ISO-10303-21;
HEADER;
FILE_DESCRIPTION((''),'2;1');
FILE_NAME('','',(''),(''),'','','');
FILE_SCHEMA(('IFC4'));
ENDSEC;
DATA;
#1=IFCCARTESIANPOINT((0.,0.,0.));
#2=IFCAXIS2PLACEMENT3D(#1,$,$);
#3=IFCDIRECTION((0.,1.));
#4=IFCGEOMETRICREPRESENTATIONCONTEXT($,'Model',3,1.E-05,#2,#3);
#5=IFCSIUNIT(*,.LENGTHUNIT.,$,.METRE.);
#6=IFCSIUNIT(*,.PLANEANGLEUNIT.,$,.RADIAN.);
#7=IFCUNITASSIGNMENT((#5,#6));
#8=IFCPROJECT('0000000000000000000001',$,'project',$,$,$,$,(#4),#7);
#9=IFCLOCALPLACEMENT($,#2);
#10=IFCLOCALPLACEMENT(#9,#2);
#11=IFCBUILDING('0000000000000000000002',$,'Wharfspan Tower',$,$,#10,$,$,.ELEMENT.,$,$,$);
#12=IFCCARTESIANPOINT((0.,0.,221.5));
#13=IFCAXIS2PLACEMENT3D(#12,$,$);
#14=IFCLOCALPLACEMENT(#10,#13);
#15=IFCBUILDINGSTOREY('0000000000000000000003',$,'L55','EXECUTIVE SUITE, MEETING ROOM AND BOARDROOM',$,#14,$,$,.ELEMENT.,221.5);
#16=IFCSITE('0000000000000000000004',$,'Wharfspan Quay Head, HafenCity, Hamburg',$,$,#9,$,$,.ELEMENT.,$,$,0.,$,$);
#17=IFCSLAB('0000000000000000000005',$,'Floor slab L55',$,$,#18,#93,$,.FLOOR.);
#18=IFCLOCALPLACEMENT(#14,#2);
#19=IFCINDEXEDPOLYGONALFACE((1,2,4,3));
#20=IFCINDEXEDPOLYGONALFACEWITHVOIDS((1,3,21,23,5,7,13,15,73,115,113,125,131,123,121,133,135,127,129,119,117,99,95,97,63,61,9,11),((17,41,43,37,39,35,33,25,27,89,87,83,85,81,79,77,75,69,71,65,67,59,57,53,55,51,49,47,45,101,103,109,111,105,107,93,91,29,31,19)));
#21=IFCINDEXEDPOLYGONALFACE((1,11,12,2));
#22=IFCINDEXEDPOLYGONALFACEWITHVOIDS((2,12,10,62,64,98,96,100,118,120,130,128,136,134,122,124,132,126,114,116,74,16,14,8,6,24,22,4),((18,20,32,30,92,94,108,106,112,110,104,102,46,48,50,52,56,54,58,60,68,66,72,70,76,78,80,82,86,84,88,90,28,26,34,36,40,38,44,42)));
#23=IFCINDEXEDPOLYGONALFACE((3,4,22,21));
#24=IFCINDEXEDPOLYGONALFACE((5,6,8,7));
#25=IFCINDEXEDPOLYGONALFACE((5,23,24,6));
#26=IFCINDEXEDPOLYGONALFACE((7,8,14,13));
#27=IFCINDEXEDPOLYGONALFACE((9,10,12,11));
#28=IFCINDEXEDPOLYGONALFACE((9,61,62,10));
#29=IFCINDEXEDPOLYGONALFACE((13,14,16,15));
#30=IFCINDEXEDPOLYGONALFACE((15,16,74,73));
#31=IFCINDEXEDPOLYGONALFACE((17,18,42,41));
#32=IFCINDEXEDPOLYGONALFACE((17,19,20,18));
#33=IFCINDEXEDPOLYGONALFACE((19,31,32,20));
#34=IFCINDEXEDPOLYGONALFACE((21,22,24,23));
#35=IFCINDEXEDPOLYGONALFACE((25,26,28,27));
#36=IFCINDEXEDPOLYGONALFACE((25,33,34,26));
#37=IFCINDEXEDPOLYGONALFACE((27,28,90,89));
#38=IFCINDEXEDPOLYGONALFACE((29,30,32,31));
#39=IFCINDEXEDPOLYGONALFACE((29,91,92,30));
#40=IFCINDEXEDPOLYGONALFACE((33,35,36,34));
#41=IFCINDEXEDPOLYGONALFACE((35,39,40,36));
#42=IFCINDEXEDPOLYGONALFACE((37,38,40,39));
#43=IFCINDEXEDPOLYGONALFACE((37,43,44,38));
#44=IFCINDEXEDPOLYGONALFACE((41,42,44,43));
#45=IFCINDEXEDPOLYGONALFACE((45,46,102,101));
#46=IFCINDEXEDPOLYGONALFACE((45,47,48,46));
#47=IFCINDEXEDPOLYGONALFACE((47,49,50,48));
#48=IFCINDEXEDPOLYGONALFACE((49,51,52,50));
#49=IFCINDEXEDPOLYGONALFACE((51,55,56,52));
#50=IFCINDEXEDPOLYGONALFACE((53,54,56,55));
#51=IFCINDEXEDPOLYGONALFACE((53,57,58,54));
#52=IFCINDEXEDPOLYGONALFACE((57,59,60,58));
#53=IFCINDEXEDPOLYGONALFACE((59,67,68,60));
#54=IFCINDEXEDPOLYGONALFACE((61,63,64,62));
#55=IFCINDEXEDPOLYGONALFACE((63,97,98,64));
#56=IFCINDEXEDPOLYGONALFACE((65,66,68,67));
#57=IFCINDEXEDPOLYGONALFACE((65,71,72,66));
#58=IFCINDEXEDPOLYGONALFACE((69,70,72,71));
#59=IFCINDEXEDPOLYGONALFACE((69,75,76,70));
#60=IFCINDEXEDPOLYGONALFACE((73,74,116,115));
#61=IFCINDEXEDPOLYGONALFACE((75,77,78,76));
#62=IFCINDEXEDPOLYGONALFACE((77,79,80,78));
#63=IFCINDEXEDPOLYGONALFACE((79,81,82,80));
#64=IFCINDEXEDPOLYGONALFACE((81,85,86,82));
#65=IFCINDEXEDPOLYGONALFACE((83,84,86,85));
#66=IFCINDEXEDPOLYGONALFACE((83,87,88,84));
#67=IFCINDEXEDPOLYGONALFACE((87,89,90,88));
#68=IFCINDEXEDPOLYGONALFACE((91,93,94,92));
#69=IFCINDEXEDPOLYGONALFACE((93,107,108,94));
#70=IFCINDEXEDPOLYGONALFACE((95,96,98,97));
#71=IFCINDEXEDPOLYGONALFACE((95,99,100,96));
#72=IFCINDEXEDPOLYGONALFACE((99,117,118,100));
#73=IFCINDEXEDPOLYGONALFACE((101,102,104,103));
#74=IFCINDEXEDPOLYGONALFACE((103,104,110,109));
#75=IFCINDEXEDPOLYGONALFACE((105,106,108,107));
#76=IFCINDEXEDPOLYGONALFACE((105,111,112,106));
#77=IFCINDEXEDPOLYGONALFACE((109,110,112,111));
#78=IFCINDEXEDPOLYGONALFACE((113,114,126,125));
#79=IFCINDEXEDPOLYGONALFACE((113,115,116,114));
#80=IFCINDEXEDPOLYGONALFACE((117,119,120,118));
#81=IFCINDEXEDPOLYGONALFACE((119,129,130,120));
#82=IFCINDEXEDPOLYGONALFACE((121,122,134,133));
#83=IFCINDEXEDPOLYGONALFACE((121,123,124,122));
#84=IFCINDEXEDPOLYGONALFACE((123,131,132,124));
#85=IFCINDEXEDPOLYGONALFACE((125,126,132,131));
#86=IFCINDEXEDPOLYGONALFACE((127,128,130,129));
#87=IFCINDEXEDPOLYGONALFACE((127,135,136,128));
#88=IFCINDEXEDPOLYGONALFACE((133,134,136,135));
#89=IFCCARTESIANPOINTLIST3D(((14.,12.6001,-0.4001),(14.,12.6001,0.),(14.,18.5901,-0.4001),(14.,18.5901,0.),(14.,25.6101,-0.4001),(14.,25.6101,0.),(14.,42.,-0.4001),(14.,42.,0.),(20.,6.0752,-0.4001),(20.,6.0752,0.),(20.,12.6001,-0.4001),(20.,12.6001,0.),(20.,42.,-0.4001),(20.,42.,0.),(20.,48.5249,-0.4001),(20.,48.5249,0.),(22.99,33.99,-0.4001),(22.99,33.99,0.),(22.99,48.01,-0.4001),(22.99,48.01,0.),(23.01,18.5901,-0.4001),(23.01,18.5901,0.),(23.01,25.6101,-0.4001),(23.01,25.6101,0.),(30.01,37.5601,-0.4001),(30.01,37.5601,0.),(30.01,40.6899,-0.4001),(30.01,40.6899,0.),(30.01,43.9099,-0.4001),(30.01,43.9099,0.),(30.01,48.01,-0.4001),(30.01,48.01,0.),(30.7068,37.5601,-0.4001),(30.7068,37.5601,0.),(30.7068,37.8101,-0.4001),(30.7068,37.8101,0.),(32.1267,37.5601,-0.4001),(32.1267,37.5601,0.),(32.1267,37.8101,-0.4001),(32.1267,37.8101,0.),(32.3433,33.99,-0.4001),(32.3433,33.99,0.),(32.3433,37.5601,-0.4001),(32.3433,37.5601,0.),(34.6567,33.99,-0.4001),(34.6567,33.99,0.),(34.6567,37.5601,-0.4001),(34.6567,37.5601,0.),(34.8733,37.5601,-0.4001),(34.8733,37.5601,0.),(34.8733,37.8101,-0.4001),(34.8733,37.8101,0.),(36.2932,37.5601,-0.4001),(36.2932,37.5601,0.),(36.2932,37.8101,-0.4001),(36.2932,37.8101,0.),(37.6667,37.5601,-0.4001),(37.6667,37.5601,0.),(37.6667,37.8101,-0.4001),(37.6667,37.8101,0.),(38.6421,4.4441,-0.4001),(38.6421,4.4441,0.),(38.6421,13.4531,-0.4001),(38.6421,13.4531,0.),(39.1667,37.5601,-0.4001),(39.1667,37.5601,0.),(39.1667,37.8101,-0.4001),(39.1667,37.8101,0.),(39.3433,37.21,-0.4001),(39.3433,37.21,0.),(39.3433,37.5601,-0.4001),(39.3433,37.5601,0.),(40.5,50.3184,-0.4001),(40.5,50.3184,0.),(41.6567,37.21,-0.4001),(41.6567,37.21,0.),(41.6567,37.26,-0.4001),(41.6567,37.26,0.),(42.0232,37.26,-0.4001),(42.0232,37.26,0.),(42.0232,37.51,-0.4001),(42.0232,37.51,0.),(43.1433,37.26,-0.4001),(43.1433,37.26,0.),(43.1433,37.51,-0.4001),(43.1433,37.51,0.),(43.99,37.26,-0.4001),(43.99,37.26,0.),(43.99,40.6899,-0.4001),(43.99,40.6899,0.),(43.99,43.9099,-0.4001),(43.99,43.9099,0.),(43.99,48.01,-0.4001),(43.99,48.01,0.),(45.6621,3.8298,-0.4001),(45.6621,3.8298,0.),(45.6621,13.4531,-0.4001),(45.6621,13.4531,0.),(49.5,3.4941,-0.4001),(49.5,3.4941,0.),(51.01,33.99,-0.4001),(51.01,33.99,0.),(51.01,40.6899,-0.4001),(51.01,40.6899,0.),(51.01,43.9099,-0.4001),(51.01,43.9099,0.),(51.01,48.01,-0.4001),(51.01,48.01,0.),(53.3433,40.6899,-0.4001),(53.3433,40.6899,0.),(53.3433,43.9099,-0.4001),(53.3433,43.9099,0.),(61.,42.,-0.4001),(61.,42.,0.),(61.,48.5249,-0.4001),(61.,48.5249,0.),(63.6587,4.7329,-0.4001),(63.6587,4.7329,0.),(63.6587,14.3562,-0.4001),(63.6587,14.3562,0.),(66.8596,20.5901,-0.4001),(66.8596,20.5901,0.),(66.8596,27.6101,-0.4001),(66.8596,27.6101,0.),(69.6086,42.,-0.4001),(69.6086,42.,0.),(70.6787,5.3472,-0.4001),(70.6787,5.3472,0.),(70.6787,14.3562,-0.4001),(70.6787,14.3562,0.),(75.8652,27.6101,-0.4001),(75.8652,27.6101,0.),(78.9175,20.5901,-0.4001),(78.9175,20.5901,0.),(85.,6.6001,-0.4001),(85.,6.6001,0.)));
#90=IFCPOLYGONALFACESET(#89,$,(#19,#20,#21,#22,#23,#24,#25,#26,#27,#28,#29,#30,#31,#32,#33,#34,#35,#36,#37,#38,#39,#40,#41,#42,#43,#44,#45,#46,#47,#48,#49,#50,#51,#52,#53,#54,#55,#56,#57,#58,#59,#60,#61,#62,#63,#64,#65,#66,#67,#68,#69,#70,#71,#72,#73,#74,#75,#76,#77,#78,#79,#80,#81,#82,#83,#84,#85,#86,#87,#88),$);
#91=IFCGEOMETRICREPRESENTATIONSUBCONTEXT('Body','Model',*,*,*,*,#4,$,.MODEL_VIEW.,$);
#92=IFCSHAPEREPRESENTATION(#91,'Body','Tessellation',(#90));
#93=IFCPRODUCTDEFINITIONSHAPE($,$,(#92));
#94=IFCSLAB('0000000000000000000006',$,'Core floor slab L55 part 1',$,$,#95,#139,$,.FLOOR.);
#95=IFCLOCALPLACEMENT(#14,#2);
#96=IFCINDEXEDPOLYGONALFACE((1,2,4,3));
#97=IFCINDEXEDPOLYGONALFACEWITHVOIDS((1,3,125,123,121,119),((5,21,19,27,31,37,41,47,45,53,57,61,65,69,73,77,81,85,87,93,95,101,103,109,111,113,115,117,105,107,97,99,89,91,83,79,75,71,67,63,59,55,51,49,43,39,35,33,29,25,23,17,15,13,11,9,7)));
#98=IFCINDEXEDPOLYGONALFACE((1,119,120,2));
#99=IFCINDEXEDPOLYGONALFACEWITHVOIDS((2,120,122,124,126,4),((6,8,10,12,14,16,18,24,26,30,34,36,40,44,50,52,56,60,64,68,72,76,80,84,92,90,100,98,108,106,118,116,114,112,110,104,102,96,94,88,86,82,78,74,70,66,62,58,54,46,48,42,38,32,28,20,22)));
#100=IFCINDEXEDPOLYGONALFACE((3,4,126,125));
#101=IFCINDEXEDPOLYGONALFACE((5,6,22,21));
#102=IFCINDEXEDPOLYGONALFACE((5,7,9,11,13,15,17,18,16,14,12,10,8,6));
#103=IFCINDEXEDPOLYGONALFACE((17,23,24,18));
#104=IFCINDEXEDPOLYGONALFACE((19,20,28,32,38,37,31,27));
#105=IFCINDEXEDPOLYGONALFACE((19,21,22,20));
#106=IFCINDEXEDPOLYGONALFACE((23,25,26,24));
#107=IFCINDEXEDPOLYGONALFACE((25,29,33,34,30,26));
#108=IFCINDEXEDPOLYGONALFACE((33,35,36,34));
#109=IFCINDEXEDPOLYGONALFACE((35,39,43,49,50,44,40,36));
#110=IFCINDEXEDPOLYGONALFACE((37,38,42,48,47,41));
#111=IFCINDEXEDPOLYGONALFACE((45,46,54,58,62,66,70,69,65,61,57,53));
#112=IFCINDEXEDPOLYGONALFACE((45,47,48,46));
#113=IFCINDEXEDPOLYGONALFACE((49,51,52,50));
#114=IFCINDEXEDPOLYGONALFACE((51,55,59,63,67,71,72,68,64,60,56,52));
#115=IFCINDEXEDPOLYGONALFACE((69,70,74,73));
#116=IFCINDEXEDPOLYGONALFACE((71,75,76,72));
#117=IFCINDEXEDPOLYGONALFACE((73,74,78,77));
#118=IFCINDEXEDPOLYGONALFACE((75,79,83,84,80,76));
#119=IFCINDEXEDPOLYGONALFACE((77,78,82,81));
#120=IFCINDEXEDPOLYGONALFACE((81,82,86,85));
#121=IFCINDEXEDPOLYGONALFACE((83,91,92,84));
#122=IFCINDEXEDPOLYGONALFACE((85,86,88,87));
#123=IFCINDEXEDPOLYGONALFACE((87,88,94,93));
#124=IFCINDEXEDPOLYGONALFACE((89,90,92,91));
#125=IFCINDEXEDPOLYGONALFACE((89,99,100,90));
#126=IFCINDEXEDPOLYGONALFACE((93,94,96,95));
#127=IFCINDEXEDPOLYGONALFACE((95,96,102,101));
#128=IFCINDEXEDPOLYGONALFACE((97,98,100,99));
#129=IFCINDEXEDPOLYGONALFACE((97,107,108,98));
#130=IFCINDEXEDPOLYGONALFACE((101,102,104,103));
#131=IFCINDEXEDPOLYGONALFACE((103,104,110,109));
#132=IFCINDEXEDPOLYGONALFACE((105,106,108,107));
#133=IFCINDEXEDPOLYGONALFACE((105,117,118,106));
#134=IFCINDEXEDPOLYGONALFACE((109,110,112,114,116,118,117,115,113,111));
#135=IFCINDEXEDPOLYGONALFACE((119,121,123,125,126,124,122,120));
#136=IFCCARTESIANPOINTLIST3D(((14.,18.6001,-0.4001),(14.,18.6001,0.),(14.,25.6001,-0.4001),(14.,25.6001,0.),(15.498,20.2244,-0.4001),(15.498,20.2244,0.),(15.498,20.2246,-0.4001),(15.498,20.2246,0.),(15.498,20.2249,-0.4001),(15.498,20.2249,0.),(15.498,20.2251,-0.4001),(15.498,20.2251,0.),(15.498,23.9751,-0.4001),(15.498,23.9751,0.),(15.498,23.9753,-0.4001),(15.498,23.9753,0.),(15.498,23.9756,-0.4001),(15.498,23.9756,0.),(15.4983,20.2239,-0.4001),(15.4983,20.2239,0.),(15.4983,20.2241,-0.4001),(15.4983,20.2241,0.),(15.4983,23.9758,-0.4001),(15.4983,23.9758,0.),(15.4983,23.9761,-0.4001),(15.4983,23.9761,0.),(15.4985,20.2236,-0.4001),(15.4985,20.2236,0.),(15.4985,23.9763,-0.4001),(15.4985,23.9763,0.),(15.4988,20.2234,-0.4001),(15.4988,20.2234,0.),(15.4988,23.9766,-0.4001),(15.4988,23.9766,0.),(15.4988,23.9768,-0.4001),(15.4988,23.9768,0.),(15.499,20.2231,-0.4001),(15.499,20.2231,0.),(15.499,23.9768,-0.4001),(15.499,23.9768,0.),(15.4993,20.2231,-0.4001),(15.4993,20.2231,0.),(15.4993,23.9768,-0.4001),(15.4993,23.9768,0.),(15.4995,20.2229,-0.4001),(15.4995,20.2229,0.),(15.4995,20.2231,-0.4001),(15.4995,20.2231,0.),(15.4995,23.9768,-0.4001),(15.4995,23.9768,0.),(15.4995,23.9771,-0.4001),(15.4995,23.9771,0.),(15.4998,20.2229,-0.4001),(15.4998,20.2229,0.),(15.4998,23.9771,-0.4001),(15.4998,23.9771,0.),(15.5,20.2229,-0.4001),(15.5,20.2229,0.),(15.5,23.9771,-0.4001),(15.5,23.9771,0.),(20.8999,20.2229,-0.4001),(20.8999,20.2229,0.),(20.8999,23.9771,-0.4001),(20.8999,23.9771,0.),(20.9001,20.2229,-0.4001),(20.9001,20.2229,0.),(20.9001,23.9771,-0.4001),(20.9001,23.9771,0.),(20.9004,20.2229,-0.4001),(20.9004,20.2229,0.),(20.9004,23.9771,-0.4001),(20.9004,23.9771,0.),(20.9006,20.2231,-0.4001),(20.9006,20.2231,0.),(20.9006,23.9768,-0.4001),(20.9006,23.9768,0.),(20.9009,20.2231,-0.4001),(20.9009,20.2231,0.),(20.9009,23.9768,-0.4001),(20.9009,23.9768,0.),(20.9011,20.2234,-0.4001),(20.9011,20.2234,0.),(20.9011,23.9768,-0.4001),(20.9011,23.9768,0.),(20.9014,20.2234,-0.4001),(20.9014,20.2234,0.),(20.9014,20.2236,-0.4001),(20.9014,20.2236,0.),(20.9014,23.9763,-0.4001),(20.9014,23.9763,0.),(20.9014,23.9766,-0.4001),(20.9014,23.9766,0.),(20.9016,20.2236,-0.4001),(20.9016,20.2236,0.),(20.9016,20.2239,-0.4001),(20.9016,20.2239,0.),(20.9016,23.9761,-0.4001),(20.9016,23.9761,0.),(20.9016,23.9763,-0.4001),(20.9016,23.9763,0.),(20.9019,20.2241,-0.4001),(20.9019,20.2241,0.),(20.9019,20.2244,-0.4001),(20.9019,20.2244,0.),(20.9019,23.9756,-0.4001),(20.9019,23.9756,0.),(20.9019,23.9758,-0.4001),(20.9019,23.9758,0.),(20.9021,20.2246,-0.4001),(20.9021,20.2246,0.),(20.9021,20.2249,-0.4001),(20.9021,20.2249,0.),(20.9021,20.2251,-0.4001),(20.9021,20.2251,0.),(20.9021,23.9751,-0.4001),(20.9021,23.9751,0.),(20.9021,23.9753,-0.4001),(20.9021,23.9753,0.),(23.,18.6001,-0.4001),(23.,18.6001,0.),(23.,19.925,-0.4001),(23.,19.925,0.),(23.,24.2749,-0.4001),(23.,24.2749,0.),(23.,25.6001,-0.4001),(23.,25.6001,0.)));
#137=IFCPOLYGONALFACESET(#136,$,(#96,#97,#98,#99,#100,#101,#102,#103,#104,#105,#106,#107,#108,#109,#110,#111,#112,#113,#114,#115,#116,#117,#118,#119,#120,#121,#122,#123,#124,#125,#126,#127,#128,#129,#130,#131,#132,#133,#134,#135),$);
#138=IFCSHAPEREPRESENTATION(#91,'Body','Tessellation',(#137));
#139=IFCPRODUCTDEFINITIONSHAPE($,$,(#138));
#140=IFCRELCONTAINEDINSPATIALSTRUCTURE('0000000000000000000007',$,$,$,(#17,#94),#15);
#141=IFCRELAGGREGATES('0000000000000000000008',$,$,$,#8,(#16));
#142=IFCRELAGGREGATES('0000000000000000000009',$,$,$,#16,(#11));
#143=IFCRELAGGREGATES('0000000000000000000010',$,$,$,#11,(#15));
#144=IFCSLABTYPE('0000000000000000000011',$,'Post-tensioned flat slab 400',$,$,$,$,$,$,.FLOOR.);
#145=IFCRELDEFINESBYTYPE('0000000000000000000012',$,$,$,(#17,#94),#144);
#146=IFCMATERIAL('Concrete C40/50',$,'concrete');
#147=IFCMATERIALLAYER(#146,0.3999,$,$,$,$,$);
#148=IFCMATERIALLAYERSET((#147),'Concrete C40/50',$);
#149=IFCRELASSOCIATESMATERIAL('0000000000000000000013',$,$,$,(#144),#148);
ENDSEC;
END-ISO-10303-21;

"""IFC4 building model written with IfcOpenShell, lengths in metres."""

from ifc_helpers import new_model, si_unit, direction, frame, origin, place, context, subcontext, project, spatial, polyline, outline, extrude, material, layer, layer_set, type_object, element, save


model = new_model("IFC4")

# Units and contexts
model_context = context("Model", 3, precision=1e-05, world=origin(), true_north=direction((0.0, 1.0)))
body_context = subcontext(model_context, "Body", "Model", "MODEL_VIEW")
ifc_project = project(units=[si_unit("LENGTHUNIT", "METRE"), si_unit("PLANEANGLEUNIT", "RADIAN")], contexts=[model_context])

# Site, building, storey
site_placement = place(None, origin())
site = spatial("IfcSite", under=ifc_project, at=site_placement, Name="Wharfspan Quay Head, HafenCity, Hamburg", CompositionType="ELEMENT", RefElevation=0.0)
building_placement = place(site_placement, origin())
building = spatial("IfcBuilding", under=site, at=building_placement, Name="Wharfspan Tower", CompositionType="ELEMENT")
storey_placement = place(building_placement, frame((0.0, 0.0, 221.5)))
storey = spatial("IfcBuildingStorey", under=building, at=storey_placement, Name="L55", Description="EXECUTIVE SUITE, MEETING ROOM AND BOARDROOM", CompositionType="ELEMENT", Elevation=221.5)

# Slabs
ifc_material_1 = material(Name="Concrete C40/50", Category="concrete")
ifc_layer_1 = layer(ifc_material_1, 0.3999)
ifc_layer_set_1 = layer_set([ifc_layer_1], Name="Concrete C40/50")
slab_type_1 = type_object("IfcSlabType", Name="Post-tensioned flat slab 400", PredefinedType="FLOOR", material=ifc_layer_set_1)
slab_1_placement = place(storey_placement, frame((0.0, 0.0, -0.4001)))
element("IfcSlab", 1, at=slab_1_placement, inside=storey, type_object=slab_type_1, Name="Floor slab L55", PredefinedType="FLOOR", context=body_context, shape_type="SweptSolid", body=[
    extrude(outline(polyline([(38.6421, 4.4441), (38.6421, 13.4531), (45.6621, 13.4531), (45.6621, 3.8298), (49.5, 3.4941), (63.6587, 4.7329), (63.6587, 14.3562), (70.6787, 14.3562), (70.6787, 5.3472), (85.0, 6.6001), (78.9175, 20.5901), (66.8596, 20.5901), (66.8596, 27.6101), (75.8652, 27.6101), (69.6086, 42.0), (61.0, 42.0), (61.0, 48.5249), (40.5, 50.3184), (20.0, 48.5249), (20.0, 42.0), (14.0, 42.0), (14.0, 25.6101), (23.01, 25.6101), (23.01, 18.5901), (14.0, 18.5901), (14.0, 12.6001), (20.0, 12.6001), (20.0, 6.0752), (38.6421, 4.4441)]), holes=[polyline([(32.1267, 37.5601), (32.3433, 37.5601), (32.3433, 33.99), (22.99, 33.99), (22.99, 48.01), (30.01, 48.01), (30.01, 43.9099), (43.99, 43.9099), (43.99, 48.01), (51.01, 48.01), (51.01, 43.9099), (53.3433, 43.9099), (53.3433, 40.6899), (51.01, 40.6899), (51.01, 33.99), (34.6567, 33.99), (34.6567, 37.5601), (34.8733, 37.5601), (34.8733, 37.8101), (36.2932, 37.8101), (36.2932, 37.5601), (37.6667, 37.5601), (37.6667, 37.8101), (39.1667, 37.8101), (39.1667, 37.5601), (39.3433, 37.5601), (39.3433, 37.21), (41.6567, 37.21), (41.6567, 37.26), (42.0232, 37.26), (42.0232, 37.51), (43.1433, 37.51), (43.1433, 37.26), (43.99, 37.26), (43.99, 40.6899), (30.01, 40.6899), (30.01, 37.5601), (30.7068, 37.5601), (30.7068, 37.8101), (32.1267, 37.8101), (32.1267, 37.5601)])]), origin(), (0.0, 0.0, 1.0), 0.4001),
])
slab_2_placement = place(storey_placement, frame((0.0, 0.0, -0.4001)))
element("IfcSlab", 2, at=slab_2_placement, inside=storey, type_object=slab_type_1, Name="Core floor slab L55 part 1", PredefinedType="FLOOR", context=body_context, shape_type="SweptSolid", body=[
    extrude(outline(polyline([(23.0, 19.925), (23.0, 24.2749), (23.0, 25.6001), (14.0, 25.6001), (14.0, 18.6001), (23.0, 18.6001), (23.0, 19.925)]), holes=[polyline([(20.8999, 23.9771), (20.9001, 23.9771), (20.9004, 23.9771), (20.9006, 23.9768), (20.9009, 23.9768), (20.9009, 23.9768), (20.9011, 23.9768), (20.9014, 23.9766), (20.9014, 23.9763), (20.9016, 23.9763), (20.9016, 23.9761), (20.9019, 23.9758), (20.9019, 23.9758), (20.9019, 23.9756), (20.9021, 23.9753), (20.9021, 23.9751), (20.9021, 23.9751), (20.9021, 20.2251), (20.9021, 20.2249), (20.9021, 20.2246), (20.9019, 20.2244), (20.9019, 20.2241), (20.9019, 20.2241), (20.9016, 20.2239), (20.9016, 20.2236), (20.9014, 20.2236), (20.9014, 20.2234), (20.9011, 20.2234), (20.9009, 20.2231), (20.9009, 20.2231), (20.9006, 20.2231), (20.9004, 20.2229), (20.9001, 20.2229), (20.8999, 20.2229), (15.5, 20.2229), (15.4998, 20.2229), (15.4995, 20.2229), (15.4995, 20.2231), (15.4993, 20.2231), (15.499, 20.2231), (15.4988, 20.2234), (15.4988, 20.2234), (15.4985, 20.2236), (15.4985, 20.2236), (15.4983, 20.2239), (15.4983, 20.2241), (15.4983, 20.2241), (15.498, 20.2244), (15.498, 20.2246), (15.498, 20.2249), (15.498, 20.2251), (15.498, 23.9751), (15.498, 23.9751), (15.498, 23.9753), (15.498, 23.9756), (15.4983, 23.9758), (15.4983, 23.9758), (15.4983, 23.9761), (15.4985, 23.9763), (15.4985, 23.9763), (15.4988, 23.9766), (15.4988, 23.9768), (15.499, 23.9768), (15.4993, 23.9768), (15.4995, 23.9768), (15.4995, 23.9771), (15.4998, 23.9771), (15.5, 23.9771), (20.8999, 23.9771)])]), origin(), (0.0, 0.0, 1.0), 0.4001),
])

save(model, "model.ifc")
